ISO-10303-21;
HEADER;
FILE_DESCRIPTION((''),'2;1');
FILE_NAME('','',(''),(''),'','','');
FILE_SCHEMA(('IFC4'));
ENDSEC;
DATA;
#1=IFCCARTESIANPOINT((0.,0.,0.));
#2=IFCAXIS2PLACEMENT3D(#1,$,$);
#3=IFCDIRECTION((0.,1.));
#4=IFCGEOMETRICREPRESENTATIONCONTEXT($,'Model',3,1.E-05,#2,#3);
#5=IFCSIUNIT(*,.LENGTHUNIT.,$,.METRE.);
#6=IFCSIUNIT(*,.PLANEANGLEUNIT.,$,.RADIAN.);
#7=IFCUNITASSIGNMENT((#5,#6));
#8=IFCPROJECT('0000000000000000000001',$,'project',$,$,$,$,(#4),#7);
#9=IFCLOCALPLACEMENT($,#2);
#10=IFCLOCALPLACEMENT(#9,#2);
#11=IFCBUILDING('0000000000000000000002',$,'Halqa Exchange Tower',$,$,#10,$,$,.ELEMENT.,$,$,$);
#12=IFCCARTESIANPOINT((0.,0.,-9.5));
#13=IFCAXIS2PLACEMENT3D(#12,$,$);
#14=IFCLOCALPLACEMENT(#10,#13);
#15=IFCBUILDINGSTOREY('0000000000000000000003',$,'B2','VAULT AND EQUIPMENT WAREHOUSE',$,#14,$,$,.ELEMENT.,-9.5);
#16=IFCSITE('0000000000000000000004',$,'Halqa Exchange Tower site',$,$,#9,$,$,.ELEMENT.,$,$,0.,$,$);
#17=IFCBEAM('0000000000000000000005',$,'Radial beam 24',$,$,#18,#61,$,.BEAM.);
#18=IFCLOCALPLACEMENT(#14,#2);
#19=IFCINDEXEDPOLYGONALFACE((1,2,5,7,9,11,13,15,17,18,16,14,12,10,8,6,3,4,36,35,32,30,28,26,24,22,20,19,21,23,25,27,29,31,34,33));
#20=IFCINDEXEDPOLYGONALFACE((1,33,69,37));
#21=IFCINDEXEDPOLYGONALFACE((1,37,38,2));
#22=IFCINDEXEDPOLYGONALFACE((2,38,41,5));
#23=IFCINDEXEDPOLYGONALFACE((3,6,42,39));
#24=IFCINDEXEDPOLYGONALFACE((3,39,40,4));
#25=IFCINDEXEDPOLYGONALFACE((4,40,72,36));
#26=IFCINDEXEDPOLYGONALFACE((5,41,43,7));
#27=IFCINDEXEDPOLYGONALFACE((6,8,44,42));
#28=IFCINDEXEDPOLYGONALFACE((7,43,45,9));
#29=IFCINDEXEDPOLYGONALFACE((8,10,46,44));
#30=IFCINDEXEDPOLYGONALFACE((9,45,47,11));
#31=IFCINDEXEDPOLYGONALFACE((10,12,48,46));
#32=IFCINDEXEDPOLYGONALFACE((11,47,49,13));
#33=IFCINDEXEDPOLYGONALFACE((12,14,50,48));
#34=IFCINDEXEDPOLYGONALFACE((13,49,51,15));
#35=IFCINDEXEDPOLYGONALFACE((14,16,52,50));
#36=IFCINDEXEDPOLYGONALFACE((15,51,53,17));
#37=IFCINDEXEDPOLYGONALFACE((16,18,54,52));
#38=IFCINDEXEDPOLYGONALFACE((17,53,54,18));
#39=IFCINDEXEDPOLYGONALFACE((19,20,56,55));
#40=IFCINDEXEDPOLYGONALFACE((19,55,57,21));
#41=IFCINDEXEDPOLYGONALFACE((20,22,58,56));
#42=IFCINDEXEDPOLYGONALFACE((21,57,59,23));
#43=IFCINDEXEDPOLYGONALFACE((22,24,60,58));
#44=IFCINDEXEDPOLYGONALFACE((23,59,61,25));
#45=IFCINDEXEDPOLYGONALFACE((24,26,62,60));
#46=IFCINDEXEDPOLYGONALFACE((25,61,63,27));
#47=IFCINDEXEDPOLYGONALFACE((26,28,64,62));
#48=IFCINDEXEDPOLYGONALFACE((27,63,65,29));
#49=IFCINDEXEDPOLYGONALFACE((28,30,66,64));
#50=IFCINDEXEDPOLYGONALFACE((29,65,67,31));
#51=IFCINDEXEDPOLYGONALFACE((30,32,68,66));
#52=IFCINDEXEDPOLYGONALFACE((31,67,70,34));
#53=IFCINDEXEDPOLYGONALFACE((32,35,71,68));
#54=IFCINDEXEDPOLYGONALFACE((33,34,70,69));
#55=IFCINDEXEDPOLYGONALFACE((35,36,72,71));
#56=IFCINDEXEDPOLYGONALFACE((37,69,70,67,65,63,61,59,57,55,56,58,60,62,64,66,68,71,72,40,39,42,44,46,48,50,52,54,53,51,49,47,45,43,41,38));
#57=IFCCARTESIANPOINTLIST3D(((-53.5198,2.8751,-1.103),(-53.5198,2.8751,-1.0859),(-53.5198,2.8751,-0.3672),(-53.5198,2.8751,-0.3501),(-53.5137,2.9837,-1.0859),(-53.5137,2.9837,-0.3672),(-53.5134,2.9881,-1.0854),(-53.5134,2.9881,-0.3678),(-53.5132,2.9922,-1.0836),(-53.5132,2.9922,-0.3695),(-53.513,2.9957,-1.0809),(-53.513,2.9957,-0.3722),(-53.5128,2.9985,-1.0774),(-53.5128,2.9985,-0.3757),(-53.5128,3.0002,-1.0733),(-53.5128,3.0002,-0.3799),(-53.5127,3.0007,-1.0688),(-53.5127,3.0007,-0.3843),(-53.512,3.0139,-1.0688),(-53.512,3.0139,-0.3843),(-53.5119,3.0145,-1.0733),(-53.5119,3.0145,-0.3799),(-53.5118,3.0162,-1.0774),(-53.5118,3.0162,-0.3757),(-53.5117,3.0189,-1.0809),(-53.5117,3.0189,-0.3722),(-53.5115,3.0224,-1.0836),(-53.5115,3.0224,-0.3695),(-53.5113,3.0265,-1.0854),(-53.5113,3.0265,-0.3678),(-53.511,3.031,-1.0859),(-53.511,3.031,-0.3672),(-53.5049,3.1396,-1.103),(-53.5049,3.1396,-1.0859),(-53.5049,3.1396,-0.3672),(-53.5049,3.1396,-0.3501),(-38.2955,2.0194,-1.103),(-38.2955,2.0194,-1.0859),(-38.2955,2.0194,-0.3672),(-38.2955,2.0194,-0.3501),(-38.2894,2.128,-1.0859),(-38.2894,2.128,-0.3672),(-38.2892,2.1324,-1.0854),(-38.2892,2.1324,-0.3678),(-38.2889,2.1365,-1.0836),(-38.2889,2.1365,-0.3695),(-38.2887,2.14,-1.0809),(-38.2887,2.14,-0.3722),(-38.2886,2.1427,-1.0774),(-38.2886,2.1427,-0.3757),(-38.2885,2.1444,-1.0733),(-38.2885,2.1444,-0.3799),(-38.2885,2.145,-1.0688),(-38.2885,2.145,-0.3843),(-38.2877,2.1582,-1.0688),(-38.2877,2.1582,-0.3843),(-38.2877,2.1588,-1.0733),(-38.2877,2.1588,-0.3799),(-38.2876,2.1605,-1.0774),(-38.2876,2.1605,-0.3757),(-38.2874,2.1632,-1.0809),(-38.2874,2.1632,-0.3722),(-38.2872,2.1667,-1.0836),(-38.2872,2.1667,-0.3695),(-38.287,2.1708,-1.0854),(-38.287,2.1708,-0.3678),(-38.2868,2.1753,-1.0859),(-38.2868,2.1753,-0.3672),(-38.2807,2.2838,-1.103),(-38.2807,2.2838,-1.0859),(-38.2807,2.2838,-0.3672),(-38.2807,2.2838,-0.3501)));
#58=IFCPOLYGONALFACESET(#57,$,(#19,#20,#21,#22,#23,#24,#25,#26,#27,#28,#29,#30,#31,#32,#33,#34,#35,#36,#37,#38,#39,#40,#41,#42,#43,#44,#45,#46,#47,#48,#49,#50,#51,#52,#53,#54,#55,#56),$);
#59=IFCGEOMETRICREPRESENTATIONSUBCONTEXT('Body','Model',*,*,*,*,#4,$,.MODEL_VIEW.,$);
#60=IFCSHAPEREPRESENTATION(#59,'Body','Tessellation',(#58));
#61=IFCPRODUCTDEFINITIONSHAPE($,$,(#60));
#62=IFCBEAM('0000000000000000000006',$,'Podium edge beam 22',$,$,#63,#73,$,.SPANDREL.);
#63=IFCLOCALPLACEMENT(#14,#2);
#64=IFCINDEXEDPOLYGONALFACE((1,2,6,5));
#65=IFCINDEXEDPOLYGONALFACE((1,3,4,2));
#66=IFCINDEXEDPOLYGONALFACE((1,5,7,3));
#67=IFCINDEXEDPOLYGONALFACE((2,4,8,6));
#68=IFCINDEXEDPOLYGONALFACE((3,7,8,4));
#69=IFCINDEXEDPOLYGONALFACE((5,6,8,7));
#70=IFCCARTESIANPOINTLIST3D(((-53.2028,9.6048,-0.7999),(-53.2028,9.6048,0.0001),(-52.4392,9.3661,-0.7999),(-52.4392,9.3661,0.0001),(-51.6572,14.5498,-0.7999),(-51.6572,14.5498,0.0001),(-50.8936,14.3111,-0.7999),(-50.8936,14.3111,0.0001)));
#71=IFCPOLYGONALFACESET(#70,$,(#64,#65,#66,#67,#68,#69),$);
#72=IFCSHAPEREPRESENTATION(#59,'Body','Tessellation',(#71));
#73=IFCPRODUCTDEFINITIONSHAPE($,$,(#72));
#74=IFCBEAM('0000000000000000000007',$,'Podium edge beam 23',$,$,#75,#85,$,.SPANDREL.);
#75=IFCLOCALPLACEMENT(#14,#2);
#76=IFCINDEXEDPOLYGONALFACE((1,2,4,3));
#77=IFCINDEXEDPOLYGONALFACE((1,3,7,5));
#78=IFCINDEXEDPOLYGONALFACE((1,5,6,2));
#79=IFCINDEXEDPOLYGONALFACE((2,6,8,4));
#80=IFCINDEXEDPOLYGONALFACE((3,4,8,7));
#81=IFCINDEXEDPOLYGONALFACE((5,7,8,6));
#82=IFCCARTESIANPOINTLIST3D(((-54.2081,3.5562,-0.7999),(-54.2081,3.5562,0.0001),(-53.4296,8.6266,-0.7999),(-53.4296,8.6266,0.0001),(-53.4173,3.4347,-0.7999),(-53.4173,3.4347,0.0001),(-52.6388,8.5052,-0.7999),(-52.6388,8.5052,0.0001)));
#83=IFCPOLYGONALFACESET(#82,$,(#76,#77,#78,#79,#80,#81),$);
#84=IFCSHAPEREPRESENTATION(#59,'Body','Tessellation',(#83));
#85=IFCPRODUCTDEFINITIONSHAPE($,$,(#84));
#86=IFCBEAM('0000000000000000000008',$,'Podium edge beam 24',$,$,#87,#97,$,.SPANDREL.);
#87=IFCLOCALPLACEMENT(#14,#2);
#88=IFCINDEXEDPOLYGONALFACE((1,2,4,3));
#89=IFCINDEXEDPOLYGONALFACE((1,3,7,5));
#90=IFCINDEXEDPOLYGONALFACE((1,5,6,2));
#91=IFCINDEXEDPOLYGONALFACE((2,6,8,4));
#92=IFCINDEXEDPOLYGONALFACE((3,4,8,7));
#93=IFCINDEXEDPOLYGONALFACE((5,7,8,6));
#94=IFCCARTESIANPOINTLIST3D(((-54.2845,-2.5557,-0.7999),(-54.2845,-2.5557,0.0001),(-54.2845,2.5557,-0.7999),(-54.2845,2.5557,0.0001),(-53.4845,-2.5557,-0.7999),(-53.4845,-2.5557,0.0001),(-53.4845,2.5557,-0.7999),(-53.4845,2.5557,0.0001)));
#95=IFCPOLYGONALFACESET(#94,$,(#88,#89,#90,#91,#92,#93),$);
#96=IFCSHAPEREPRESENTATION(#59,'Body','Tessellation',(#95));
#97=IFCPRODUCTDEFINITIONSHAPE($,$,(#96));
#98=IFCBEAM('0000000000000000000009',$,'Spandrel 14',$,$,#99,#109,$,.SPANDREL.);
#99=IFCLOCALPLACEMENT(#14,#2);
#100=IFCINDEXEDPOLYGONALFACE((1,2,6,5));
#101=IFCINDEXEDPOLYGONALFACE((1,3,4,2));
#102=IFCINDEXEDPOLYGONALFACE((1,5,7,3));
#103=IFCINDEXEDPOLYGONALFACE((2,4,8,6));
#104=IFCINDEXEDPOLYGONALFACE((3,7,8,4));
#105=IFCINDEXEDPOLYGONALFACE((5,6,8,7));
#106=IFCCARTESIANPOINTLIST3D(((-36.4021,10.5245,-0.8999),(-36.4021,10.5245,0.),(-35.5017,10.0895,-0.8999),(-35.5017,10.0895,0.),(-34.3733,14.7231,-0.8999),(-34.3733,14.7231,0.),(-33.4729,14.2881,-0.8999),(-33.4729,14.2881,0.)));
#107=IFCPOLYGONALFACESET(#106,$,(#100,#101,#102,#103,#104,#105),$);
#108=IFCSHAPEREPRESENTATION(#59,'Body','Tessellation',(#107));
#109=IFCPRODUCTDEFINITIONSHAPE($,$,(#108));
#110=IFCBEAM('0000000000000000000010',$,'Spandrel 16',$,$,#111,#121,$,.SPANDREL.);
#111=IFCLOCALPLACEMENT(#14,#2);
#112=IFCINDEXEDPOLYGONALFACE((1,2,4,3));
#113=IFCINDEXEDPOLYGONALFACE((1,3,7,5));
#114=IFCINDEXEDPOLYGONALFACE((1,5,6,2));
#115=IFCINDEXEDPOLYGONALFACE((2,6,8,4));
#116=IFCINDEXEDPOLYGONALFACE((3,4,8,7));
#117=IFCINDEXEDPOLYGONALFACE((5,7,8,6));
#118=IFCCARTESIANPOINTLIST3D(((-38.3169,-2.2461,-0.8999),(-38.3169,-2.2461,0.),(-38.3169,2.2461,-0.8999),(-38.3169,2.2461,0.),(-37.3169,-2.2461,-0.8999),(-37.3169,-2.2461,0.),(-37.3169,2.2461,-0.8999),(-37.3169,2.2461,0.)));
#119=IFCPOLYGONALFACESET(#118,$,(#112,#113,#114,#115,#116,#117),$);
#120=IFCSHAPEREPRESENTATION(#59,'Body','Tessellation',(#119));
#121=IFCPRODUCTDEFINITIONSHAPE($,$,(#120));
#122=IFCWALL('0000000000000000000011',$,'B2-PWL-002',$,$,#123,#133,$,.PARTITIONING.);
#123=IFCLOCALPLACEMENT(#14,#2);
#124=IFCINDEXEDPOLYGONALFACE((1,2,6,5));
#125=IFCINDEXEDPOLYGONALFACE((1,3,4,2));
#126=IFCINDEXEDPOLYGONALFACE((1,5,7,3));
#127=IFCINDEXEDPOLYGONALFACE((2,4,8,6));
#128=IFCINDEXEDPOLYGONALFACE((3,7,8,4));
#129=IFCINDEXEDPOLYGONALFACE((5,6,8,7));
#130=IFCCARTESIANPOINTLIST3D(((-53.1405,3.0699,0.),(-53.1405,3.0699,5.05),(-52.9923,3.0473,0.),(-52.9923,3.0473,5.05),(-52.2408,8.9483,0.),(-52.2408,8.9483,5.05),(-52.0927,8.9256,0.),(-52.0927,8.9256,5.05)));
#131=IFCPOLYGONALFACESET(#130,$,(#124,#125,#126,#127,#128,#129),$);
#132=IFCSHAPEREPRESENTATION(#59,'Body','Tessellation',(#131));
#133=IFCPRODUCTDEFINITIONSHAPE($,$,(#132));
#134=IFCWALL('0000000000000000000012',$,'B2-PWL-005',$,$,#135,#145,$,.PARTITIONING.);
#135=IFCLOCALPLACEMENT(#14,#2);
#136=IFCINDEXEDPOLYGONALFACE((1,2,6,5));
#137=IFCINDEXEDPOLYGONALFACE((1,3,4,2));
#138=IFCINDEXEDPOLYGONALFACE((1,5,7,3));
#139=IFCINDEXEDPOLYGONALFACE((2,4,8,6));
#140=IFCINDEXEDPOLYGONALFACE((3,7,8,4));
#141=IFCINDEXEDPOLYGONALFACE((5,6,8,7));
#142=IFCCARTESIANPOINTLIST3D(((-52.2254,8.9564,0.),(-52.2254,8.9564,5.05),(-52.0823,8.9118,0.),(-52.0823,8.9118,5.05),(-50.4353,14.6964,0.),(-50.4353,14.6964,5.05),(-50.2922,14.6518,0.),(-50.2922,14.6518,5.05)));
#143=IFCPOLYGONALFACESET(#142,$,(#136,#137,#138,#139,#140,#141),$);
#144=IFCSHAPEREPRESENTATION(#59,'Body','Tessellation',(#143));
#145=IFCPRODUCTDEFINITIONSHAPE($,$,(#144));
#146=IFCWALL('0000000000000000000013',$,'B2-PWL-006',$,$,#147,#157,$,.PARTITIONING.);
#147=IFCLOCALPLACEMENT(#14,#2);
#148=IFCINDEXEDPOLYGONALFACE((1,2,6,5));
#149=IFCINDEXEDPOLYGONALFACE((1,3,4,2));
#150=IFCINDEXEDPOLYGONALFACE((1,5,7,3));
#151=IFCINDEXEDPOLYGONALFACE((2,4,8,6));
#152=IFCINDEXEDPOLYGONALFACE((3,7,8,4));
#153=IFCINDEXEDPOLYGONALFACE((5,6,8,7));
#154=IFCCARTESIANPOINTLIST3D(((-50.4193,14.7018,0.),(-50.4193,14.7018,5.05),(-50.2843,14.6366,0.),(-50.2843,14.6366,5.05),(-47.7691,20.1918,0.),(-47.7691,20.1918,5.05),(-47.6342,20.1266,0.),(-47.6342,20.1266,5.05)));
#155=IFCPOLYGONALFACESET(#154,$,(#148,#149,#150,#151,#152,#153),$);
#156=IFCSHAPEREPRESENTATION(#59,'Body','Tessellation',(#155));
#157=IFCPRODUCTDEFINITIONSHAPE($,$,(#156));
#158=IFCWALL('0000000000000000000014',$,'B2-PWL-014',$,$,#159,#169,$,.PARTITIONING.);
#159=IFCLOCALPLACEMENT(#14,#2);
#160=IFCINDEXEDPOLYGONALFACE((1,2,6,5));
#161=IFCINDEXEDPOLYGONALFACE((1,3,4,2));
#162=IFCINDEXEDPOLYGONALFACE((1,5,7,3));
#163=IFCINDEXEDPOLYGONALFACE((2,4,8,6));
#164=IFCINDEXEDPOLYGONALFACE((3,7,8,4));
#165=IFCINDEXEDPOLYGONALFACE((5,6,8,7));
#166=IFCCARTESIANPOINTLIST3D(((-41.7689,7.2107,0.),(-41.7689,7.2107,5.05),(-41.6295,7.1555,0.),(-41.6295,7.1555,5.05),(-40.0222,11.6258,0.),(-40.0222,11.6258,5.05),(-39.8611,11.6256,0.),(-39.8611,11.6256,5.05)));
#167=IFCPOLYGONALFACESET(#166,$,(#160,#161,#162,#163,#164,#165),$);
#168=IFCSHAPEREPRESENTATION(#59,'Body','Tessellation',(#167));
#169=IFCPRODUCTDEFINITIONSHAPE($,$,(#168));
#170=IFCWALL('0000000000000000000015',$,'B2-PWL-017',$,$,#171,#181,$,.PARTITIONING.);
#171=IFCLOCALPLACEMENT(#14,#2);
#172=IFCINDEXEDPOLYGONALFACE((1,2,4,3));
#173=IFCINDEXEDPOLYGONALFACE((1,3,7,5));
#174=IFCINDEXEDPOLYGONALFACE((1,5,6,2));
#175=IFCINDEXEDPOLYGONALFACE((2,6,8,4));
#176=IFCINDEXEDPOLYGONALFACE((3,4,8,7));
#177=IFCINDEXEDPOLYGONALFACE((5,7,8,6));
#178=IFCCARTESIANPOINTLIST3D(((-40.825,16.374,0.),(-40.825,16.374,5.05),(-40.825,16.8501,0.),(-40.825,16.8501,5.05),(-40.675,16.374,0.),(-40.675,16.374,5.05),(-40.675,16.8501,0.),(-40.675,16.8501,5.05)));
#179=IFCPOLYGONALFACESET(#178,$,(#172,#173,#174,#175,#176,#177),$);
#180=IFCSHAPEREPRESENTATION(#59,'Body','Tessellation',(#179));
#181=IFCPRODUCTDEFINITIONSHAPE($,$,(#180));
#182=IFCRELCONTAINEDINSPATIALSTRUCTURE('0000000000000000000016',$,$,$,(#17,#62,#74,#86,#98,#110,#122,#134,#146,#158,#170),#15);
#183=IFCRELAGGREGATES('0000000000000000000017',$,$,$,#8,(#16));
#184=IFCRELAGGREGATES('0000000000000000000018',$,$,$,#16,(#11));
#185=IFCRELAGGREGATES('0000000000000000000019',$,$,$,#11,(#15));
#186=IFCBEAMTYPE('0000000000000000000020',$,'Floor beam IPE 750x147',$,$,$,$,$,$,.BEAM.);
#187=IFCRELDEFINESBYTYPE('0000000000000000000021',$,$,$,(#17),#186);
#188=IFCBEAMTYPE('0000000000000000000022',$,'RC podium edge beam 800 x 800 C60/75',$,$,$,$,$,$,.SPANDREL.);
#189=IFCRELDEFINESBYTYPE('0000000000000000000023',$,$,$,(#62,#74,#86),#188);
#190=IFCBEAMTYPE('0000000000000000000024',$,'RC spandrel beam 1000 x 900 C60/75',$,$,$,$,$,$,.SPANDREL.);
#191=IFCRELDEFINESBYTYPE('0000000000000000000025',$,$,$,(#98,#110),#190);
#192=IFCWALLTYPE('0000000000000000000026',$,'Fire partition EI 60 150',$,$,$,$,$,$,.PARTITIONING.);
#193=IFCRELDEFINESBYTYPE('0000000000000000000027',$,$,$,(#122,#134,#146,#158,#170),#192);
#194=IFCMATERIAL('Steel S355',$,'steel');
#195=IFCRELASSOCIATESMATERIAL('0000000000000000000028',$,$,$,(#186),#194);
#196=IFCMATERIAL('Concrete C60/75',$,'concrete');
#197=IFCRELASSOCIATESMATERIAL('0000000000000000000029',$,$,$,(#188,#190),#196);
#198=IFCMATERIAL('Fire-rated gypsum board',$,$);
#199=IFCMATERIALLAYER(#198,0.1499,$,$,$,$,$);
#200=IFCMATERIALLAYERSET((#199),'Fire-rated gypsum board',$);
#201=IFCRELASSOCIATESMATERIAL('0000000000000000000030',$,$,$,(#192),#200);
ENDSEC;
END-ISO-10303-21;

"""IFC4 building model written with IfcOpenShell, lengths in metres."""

from ifc_helpers import new_model, si_unit, direction, frame, frame_2d, origin, origin_2d, place, context, subcontext, project, spatial, polyline, rectangle, i_section, outline, extrude, material, layer, layer_set, material_profile, profile_set, type_object, element, save


model = new_model("IFC4")

# Units and contexts
model_context = context("Model", 3, precision=1e-05, world=origin(), true_north=direction((0.0, 1.0)))
body_context = subcontext(model_context, "Body", "Model", "MODEL_VIEW")
ifc_project = project(units=[si_unit("LENGTHUNIT", "METRE"), si_unit("PLANEANGLEUNIT", "RADIAN")], contexts=[model_context])

# Site, building, storey
site_placement = place(None, origin())
site = spatial("IfcSite", under=ifc_project, at=site_placement, Name="Halqa Exchange Tower site", CompositionType="ELEMENT", RefElevation=0.0)
building_placement = place(site_placement, origin())
building = spatial("IfcBuilding", under=site, at=building_placement, Name="Halqa Exchange Tower", CompositionType="ELEMENT")
storey_placement = place(building_placement, frame((0.0, 0.0, -9.5)))
storey = spatial("IfcBuildingStorey", under=building, at=storey_placement, Name="B2", Description="VAULT AND EQUIPMENT WAREHOUSE", CompositionType="ELEMENT", Elevation=-9.5)

# Shared definitions
ifc_material_1 = material(Name="Concrete C60/75", Category="concrete")

# Beams
ifc_material_2 = material(Name="Steel S355", Category="steel")
ifc_material_profile_1 = material_profile(ifc_material_2, i_section(OverallWidth=0.2649, OverallDepth=0.7529, WebThickness=0.0132, FlangeThickness=0.0171, FilletRadius=0.0171, at=origin_2d()), Name="IPE 750x147")
ifc_profile_set_1 = profile_set([ifc_material_profile_1], Name="Steel S355")
beam_type_1 = type_object("IfcBeamType", Name="Floor beam IPE 750x147", PredefinedType="BEAM", material=ifc_profile_set_1)
beam_1_placement = place(storey_placement, frame((-38.2881, 2.1516, -0.7266), z_axis=(-0.998424, 0.056118, 0.0), x_axis=(-0.056118, -0.998424, 0.0)))
element("IfcBeam", 1, at=beam_1_placement, inside=storey, type_object=beam_type_1, Name="Radial beam 24", PredefinedType="BEAM", context=body_context, shape_type="SweptSolid", body=[
    extrude(i_section(OverallWidth=0.2649, OverallDepth=0.7529, WebThickness=0.0132, FlangeThickness=0.0171, FilletRadius=0.0171, at=origin_2d()), origin(), (0.0, 0.0, 1.0), 15.2483),
])
ifc_material_profile_2 = material_profile(ifc_material_1, rectangle(XDim=0.8, YDim=0.8, at=origin_2d()), Name="800 x 800")
ifc_profile_set_2 = profile_set([ifc_material_profile_2], Name="Concrete C60/75")
beam_type_2 = type_object("IfcBeamType", Name="RC podium edge beam 800 x 800 C60/75", PredefinedType="SPANDREL", material=ifc_profile_set_2)
beam_2_placement = place(storey_placement, frame((-51.2754, 14.4304, -0.3999), z_axis=(-0.298331, -0.954462, 0.0), x_axis=(0.954462, -0.298331, 0.0)))
element("IfcBeam", 2, at=beam_2_placement, inside=storey, type_object=beam_type_2, Name="Podium edge beam 22", PredefinedType="SPANDREL", context=body_context, shape_type="SweptSolid", body=[
    extrude(rectangle(XDim=0.8, YDim=0.8, at=origin_2d()), origin(), (0.0, 0.0, 1.0), 5.1809),
])
beam_3_placement = place(storey_placement, frame((-53.0342, 8.5659, -0.3999), z_axis=(-0.151768, -0.988416, 0.0), x_axis=(0.988416, -0.151768, 0.0)))
element("IfcBeam", 3, at=beam_3_placement, inside=storey, type_object=beam_type_2, Name="Podium edge beam 23", PredefinedType="SPANDREL", context=body_context, shape_type="SweptSolid", body=[
    extrude(rectangle(XDim=0.8, YDim=0.8, at=origin_2d()), origin(), (0.0, 0.0, 1.0), 5.1299),
])
beam_4_placement = place(storey_placement, frame((-53.8845, 2.5557, -0.3999), z_axis=(0.0, -1.0, 0.0), x_axis=(1.0, 0.0, 0.0)))
element("IfcBeam", 4, at=beam_4_placement, inside=storey, type_object=beam_type_2, Name="Podium edge beam 24", PredefinedType="SPANDREL", context=body_context, shape_type="SweptSolid", body=[
    extrude(rectangle(XDim=0.8, YDim=0.8, at=origin_2d()), origin(), (0.0, 0.0, 1.0), 5.1113),
])
ifc_material_profile_3 = material_profile(ifc_material_1, rectangle(XDim=1.0, YDim=0.8999, at=origin_2d()), Name="1000 x 900")
ifc_profile_set_3 = profile_set([ifc_material_profile_3], Name="Concrete C60/75")
beam_type_3 = type_object("IfcBeamType", Name="RC spandrel beam 1000 x 900 C60/75", PredefinedType="SPANDREL", material=ifc_profile_set_3)
beam_5_placement = place(storey_placement, frame((-33.9231, 14.5056, -0.45), z_axis=(-0.435068, -0.900397, 0.0), x_axis=(0.900397, -0.435068, 0.0)))
element("IfcBeam", 5, at=beam_5_placement, inside=storey, type_object=beam_type_3, Name="Spandrel 14", PredefinedType="SPANDREL", context=body_context, shape_type="SweptSolid", body=[
    extrude(rectangle(XDim=1.0, YDim=0.8999, at=origin_2d()), origin(), (0.0, 0.0, 1.0), 4.6631),
])
beam_6_placement = place(storey_placement, frame((-37.8169, 2.2461, -0.45), z_axis=(0.0, -1.0, 0.0), x_axis=(1.0, 0.0, 0.0)))
element("IfcBeam", 6, at=beam_6_placement, inside=storey, type_object=beam_type_3, Name="Spandrel 16", PredefinedType="SPANDREL", context=body_context, shape_type="SweptSolid", body=[
    extrude(rectangle(XDim=1.0, YDim=0.8999, at=origin_2d()), origin(), (0.0, 0.0, 1.0), 4.4922),
])

# Walls
ifc_material_3 = material(Name="Fire-rated gypsum board")
ifc_layer_1 = layer(ifc_material_3, 0.1499)
ifc_layer_set_1 = layer_set([ifc_layer_1], Name="Fire-rated gypsum board")
wall_type_1 = type_object("IfcWallType", Name="Fire partition EI 60 150", PredefinedType="PARTITIONING", material=ifc_layer_set_1)
wall_1_placement = place(storey_placement, frame((-53.0664, 3.0586, 0.0), z_axis=(0.0, 0.0, 1.0), x_axis=(0.151283, 0.988491, 0.0)))
element("IfcWall", 7, at=wall_1_placement, inside=storey, type_object=wall_type_1, Name="B2-PWL-002", PredefinedType="PARTITIONING", context=body_context, shape_type="SweptSolid", body=[
    extrude(rectangle(XDim=5.9468, YDim=0.1499, at=frame_2d((2.9734, 0.0))), origin(), (0.0, 0.0, 1.0), 5.05),
])
wall_2_placement = place(storey_placement, frame((-52.1538, 8.9341, 0.0), z_axis=(0.0, 0.0, 1.0), x_axis=(0.297713, 0.954655, 0.0)))
element("IfcWall", 8, at=wall_2_placement, inside=storey, type_object=wall_type_1, Name="B2-PWL-005", PredefinedType="PARTITIONING", context=body_context, shape_type="SweptSolid", body=[
    extrude(rectangle(XDim=6.0127, YDim=0.1499, at=frame_2d((3.0063, 0.0))), origin(), (0.0, 0.0, 1.0), 5.05),
])
wall_3_placement = place(storey_placement, frame((-50.3518, 14.6692, 0.0), z_axis=(0.0, 0.0, 1.0), x_axis=(0.434723, 0.900564, 0.0)))
element("IfcWall", 9, at=wall_3_placement, inside=storey, type_object=wall_type_1, Name="B2-PWL-006", PredefinedType="PARTITIONING", context=body_context, shape_type="SweptSolid", body=[
    extrude(rectangle(XDim=6.0962, YDim=0.1499, at=frame_2d((3.0481, 0.0))), origin(), (0.0, 0.0, 1.0), 5.05),
])
wall_4_placement = place(storey_placement, frame((-41.6992, 7.1831, 0.0), z_axis=(0.0, 0.0, 1.0), x_axis=(0.367873, 0.929876, 0.0)))
element("IfcWall", 10, at=wall_4_placement, inside=storey, type_object=wall_type_1, Name="B2-PWL-014", PredefinedType="PARTITIONING", context=body_context, shape_type="SweptSolid", body=[
    extrude(outline(polyline([(0.0, -0.075), (4.8071, -0.075), (4.748, 0.075), (0.0, 0.075), (0.0, -0.075)])), origin(), (0.0, 0.0, 1.0), 5.05),
])
wall_5_placement = place(storey_placement, frame((-40.75, 16.374, 0.0), z_axis=(0.0, 0.0, 1.0), x_axis=(0.0, 1.0, 0.0)))
element("IfcWall", 11, at=wall_5_placement, inside=storey, type_object=wall_type_1, Name="B2-PWL-017", PredefinedType="PARTITIONING", context=body_context, shape_type="SweptSolid", body=[
    extrude(rectangle(XDim=0.4761, YDim=0.1499, at=frame_2d((0.238, 0.0))), origin(), (0.0, 0.0, 1.0), 5.05),
])

save(model, "model.ifc")
